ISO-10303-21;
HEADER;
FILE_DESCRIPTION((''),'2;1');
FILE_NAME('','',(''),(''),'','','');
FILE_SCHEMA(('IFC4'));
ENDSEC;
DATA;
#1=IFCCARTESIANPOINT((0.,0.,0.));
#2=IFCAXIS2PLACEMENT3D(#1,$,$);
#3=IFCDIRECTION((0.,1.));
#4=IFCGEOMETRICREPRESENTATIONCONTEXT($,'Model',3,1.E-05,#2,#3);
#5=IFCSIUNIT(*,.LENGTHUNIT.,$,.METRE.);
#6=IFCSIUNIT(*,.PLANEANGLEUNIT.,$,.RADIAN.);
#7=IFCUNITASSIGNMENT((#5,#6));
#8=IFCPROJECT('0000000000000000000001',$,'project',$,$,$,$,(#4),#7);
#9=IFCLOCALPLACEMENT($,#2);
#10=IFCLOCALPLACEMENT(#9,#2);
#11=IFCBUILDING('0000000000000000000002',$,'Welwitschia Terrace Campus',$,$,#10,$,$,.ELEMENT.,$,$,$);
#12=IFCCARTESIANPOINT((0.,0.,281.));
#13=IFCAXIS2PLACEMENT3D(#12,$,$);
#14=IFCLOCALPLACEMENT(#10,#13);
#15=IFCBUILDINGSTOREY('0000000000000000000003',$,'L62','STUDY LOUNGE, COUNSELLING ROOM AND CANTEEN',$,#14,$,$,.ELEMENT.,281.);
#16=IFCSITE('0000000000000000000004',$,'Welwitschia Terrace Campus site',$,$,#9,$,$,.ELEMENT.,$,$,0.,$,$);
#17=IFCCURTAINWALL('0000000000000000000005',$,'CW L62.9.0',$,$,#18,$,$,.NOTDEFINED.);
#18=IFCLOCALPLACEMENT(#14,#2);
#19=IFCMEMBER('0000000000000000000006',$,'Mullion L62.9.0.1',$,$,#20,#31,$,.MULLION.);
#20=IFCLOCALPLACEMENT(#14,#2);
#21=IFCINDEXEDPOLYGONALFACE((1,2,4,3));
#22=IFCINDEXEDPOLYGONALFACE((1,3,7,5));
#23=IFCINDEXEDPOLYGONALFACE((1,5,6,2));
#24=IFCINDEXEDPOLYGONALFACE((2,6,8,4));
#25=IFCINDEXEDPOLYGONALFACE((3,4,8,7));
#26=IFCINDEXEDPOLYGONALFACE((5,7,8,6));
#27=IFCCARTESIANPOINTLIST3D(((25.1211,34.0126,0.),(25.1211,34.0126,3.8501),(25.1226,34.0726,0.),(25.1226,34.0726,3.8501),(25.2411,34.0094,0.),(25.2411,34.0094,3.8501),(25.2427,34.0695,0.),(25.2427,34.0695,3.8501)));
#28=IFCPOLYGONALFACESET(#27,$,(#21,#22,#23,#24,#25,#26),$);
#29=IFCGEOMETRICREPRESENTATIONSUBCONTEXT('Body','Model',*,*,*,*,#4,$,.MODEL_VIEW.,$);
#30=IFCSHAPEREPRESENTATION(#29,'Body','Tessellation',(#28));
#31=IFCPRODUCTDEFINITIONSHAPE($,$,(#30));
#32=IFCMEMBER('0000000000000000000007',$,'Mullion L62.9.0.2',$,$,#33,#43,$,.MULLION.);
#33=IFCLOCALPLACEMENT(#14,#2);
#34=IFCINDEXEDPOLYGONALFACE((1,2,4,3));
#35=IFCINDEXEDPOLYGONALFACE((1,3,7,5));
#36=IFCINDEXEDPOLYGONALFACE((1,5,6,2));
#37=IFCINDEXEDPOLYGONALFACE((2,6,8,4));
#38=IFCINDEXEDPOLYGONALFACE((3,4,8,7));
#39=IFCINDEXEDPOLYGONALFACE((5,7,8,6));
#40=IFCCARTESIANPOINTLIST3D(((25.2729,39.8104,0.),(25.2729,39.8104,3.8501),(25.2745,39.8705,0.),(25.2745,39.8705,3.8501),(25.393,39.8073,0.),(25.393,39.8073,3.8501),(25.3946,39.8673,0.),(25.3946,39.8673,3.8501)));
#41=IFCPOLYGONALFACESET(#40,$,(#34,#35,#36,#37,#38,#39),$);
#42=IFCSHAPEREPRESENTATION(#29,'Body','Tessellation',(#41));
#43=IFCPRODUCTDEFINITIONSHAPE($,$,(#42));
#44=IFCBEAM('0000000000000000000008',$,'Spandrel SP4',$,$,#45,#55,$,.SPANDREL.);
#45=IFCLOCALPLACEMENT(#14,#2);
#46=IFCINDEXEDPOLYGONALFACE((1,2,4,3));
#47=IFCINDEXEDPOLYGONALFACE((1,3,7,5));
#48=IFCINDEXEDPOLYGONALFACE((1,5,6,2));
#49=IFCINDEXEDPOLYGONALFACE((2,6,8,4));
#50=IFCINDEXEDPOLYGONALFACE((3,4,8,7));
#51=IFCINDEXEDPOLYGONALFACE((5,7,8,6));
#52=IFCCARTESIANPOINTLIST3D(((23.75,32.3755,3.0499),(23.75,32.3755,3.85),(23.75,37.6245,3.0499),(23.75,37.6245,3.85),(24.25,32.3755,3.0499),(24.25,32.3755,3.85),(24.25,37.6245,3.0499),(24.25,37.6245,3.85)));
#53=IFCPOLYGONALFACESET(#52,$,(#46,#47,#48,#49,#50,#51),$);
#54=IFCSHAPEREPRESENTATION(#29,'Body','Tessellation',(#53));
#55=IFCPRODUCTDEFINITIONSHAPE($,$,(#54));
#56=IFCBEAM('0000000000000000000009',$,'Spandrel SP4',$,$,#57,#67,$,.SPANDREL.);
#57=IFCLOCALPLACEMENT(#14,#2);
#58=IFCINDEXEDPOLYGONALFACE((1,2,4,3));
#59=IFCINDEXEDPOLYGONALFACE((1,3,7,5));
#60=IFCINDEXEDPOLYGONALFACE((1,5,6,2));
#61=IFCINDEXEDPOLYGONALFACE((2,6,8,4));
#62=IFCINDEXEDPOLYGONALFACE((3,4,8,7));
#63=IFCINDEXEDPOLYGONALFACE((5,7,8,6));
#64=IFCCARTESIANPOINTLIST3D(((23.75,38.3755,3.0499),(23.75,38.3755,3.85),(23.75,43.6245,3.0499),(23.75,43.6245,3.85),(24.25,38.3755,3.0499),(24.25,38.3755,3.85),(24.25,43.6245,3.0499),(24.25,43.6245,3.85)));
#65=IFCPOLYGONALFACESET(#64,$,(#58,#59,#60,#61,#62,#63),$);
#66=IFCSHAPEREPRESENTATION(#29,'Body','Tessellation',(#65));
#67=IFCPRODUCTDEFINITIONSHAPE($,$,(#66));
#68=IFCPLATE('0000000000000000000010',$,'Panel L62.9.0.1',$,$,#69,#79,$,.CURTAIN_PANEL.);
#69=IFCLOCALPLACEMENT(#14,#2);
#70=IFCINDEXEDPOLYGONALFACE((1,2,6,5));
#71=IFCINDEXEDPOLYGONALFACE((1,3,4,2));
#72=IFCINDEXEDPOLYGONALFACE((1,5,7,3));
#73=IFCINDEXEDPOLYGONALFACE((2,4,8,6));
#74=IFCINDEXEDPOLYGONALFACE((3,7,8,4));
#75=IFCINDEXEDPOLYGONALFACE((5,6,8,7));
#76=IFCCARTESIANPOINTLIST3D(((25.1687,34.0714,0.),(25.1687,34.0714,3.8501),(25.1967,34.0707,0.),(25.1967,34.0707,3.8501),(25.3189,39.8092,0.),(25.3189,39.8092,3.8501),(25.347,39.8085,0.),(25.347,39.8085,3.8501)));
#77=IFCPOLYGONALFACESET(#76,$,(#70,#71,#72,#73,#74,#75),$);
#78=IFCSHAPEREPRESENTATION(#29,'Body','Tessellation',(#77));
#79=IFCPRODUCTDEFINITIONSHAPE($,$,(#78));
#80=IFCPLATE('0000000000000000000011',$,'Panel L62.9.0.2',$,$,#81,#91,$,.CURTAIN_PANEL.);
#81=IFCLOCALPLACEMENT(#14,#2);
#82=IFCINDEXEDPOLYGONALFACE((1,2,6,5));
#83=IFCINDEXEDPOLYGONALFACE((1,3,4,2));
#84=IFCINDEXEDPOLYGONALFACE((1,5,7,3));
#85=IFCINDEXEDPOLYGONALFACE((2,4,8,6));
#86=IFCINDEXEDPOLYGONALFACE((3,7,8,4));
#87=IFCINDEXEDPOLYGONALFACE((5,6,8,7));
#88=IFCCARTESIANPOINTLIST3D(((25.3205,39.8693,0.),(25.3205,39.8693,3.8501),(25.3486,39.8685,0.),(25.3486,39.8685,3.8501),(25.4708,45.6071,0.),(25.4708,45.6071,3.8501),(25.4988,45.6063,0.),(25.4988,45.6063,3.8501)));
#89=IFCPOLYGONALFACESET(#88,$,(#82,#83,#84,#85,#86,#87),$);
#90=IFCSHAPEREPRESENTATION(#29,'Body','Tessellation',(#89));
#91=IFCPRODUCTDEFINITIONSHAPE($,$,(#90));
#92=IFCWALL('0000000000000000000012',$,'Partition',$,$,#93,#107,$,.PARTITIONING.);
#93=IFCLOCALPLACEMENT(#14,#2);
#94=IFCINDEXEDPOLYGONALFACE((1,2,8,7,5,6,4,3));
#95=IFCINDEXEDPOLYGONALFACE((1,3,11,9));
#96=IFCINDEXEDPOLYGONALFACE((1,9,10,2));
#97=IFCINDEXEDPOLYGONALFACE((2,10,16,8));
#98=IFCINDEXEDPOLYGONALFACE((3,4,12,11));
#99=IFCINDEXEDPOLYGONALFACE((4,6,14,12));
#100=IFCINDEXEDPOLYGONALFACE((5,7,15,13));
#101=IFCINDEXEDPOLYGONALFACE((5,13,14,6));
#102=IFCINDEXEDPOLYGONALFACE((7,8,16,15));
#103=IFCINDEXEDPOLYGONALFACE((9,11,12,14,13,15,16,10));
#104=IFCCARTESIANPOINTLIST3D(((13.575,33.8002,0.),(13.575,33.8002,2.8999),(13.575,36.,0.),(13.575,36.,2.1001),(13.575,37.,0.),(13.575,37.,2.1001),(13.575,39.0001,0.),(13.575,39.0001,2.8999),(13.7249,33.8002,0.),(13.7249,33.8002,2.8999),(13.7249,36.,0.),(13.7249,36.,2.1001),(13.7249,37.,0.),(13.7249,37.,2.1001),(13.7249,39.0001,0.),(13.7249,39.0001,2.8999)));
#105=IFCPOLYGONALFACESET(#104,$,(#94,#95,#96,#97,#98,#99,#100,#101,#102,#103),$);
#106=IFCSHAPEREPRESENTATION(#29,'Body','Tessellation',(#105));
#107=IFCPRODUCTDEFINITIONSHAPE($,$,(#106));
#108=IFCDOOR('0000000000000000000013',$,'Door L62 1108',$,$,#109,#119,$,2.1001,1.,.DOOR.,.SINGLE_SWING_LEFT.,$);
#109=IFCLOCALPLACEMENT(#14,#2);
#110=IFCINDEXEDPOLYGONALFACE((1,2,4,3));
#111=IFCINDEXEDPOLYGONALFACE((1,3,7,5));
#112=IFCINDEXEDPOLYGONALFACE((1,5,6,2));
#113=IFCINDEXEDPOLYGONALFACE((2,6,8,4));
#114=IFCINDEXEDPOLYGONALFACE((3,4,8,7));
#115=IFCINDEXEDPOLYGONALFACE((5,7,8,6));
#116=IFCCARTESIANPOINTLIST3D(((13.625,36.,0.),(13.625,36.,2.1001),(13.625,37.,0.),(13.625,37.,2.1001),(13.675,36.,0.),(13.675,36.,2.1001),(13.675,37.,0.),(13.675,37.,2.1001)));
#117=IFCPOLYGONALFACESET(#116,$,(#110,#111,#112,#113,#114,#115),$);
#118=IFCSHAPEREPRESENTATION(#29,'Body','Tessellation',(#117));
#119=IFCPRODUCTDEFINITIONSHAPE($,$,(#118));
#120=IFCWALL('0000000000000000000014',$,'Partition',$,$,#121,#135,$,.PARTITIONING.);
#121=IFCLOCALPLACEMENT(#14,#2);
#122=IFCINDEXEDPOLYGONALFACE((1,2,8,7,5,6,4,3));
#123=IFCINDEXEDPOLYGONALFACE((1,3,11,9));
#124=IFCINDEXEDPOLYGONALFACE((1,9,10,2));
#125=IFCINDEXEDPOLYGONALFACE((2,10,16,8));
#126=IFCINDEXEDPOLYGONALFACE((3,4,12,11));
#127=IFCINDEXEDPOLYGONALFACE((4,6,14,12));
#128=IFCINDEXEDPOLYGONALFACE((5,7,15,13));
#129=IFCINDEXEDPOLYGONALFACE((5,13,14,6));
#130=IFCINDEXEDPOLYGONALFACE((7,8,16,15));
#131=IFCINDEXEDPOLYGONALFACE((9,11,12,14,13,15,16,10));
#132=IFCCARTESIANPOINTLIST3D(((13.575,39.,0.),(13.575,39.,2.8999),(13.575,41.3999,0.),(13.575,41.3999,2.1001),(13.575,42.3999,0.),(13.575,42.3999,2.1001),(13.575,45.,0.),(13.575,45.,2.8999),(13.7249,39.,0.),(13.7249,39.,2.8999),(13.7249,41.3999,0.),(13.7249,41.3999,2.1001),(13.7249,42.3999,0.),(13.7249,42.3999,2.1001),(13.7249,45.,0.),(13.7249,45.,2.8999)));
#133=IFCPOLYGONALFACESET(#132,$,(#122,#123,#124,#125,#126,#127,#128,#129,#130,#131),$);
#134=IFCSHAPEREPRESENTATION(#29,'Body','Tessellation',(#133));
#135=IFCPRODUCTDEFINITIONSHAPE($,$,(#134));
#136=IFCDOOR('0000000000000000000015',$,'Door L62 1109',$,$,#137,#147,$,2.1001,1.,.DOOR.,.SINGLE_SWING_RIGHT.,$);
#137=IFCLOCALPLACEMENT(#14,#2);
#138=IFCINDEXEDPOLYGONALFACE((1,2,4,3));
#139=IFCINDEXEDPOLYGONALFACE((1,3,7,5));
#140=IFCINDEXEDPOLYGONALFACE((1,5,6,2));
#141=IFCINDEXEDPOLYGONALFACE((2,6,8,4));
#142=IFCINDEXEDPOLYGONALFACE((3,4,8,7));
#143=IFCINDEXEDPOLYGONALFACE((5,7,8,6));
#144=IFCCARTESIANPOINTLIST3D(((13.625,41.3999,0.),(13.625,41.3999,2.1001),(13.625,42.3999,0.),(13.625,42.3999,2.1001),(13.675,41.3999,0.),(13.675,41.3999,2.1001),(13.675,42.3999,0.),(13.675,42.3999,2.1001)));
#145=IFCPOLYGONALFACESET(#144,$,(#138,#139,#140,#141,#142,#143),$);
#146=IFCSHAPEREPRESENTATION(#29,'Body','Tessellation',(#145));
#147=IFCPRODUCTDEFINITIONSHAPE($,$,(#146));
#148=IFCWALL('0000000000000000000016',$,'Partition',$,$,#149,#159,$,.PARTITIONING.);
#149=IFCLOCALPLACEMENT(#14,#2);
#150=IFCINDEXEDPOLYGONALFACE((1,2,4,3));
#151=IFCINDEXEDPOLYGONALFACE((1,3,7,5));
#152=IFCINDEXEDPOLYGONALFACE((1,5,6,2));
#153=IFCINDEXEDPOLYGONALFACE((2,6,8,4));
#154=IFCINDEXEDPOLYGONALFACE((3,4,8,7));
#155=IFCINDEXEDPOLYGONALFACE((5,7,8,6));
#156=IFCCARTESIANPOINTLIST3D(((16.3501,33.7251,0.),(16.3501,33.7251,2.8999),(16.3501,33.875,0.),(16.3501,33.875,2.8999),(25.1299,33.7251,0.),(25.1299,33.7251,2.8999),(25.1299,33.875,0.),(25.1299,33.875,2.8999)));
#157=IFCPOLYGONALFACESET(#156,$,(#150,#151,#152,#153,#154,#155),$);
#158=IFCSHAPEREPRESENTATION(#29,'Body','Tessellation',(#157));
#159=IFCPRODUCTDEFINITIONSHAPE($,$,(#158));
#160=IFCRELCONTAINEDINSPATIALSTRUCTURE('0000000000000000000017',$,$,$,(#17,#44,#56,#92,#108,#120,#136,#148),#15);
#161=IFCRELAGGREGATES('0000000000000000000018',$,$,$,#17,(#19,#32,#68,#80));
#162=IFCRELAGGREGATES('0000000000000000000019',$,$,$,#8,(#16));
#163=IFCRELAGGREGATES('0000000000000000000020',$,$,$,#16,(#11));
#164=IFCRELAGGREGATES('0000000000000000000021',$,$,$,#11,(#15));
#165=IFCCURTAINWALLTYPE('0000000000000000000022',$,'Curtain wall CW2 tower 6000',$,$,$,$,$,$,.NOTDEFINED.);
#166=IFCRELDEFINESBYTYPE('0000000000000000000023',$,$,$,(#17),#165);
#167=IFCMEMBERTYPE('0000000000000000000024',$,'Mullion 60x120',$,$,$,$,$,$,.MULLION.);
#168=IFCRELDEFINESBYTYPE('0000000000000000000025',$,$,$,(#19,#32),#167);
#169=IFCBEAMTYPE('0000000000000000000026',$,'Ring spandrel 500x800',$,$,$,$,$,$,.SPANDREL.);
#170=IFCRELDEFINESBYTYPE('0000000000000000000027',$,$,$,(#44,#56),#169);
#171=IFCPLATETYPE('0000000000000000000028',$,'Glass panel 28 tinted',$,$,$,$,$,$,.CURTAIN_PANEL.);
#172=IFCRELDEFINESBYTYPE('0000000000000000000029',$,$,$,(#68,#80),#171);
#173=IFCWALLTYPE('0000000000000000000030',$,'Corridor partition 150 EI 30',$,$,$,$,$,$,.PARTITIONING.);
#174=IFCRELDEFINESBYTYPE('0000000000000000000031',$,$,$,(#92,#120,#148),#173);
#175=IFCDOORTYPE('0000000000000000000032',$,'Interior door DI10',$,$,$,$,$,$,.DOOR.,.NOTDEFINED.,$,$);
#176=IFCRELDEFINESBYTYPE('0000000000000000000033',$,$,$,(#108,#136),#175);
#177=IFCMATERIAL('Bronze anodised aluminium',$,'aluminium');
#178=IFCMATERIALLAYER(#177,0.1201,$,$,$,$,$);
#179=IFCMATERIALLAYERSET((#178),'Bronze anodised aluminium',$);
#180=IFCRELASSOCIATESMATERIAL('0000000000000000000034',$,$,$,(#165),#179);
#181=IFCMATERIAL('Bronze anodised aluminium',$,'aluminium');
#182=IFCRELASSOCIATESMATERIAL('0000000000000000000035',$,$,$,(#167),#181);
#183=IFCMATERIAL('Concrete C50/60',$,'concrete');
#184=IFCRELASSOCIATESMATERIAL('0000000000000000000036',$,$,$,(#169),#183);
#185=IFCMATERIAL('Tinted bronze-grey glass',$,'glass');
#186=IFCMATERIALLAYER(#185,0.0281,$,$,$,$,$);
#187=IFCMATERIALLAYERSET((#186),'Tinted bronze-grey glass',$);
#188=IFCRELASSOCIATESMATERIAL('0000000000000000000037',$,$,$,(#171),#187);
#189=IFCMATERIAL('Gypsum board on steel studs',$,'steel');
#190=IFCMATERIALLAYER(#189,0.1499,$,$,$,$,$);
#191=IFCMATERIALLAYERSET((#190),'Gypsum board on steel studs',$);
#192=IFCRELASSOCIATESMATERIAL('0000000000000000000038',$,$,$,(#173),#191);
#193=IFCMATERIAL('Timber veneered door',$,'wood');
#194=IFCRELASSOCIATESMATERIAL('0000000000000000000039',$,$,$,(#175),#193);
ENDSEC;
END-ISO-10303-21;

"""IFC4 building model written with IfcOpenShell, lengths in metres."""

from ifc_helpers import new_model, si_unit, direction, frame, frame_2d, origin, origin_2d, place, context, subcontext, project, spatial, rectangle, extrude, material, layer, layer_set, material_profile, profile_set, type_object, element, fill, aggregate, save


model = new_model("IFC4")

# Units and contexts
model_context = context("Model", 3, precision=1e-05, world=origin(), true_north=direction((0.0, 1.0)))
body_context = subcontext(model_context, "Body", "Model", "MODEL_VIEW")
ifc_project = project(units=[si_unit("LENGTHUNIT", "METRE"), si_unit("PLANEANGLEUNIT", "RADIAN")], contexts=[model_context])

# Site, building, storey
site_placement = place(None, origin())
site = spatial("IfcSite", under=ifc_project, at=site_placement, Name="Welwitschia Terrace Campus site", CompositionType="ELEMENT", RefElevation=0.0)
building_placement = place(site_placement, origin())
building = spatial("IfcBuilding", under=site, at=building_placement, Name="Welwitschia Terrace Campus", CompositionType="ELEMENT")
storey_placement = place(building_placement, frame((0.0, 0.0, 281.0)))
storey = spatial("IfcBuildingStorey", under=building, at=storey_placement, Name="L62", Description="STUDY LOUNGE, COUNSELLING ROOM AND CANTEEN", CompositionType="ELEMENT", Elevation=281.0)

# Curtain wall, members
ifc_material_1 = material(Name="Bronze anodised aluminium", Category="aluminium")
ifc_layer_1 = layer(ifc_material_1, 0.1201)
ifc_layer_set_1 = layer_set([ifc_layer_1], Name="Bronze anodised aluminium")
curtain_wall_type = type_object("IfcCurtainWallType", Name="Curtain wall CW2 tower 6000", PredefinedType="NOTDEFINED", material=ifc_layer_set_1)
curtain_wall_placement = place(storey_placement, origin())
curtain_wall = element("IfcCurtainWall", 1, at=curtain_wall_placement, inside=storey, type_object=curtain_wall_type, Name="CW L62.9.0", PredefinedType="NOTDEFINED")
ifc_material_2 = material(Name="Bronze anodised aluminium", Category="aluminium")
ifc_material_profile_1 = material_profile(ifc_material_2, rectangle(XDim=0.1201, YDim=0.0601, at=origin_2d()))
ifc_profile_set_1 = profile_set([ifc_material_profile_1], Name="Bronze anodised aluminium")
member_type = type_object("IfcMemberType", Name="Mullion 60x120", PredefinedType="MULLION", material=ifc_profile_set_1)
member_1_placement = place(storey_placement, frame((25.1819, 34.041, 0.0), z_axis=(0.0, 0.0, 1.0), x_axis=(-0.999657, 0.026177, 0.0)))
member_1 = element("IfcMember", 2, at=member_1_placement, type_object=member_type, Name="Mullion L62.9.0.1", PredefinedType="MULLION", context=body_context, shape_type="SweptSolid", body=[
    extrude(rectangle(XDim=0.1201, YDim=0.0601, at=origin_2d()), origin(), (0.0, 0.0, 1.0), 3.8501),
])
member_2_placement = place(storey_placement, frame((25.3337, 39.8389, 0.0), z_axis=(0.0, 0.0, 1.0), x_axis=(-0.999657, 0.026177, 0.0)))
member_2 = element("IfcMember", 3, at=member_2_placement, type_object=member_type, Name="Mullion L62.9.0.2", PredefinedType="MULLION", context=body_context, shape_type="SweptSolid", body=[
    extrude(rectangle(XDim=0.1201, YDim=0.0601, at=origin_2d()), origin(), (0.0, 0.0, 1.0), 3.8501),
])

# Beams
ifc_material_3 = material(Name="Concrete C50/60", Category="concrete")
ifc_material_profile_2 = material_profile(ifc_material_3, rectangle(XDim=0.5, YDim=0.8, at=origin_2d()))
ifc_profile_set_2 = profile_set([ifc_material_profile_2], Name="Concrete C50/60")
beam_type_1 = type_object("IfcBeamType", Name="Ring spandrel 500x800", PredefinedType="SPANDREL", material=ifc_profile_set_2)
for number, where, z_axis, x_axis, name in (
    (4, (24.0, 32.3755, 3.45), (0.0, 1.0, 0.0), (-1.0, 0.0, 0.0), "Spandrel SP4"),
    (5, (24.0, 38.3755, 3.45), (0.0, 1.0, 0.0), (-1.0, 0.0, 0.0), "Spandrel SP4"),
):
    element("IfcBeam", number, at=place(storey_placement, frame(where, z_axis=z_axis, x_axis=x_axis)), inside=storey, type_object=beam_type_1, Name=name, PredefinedType="SPANDREL", context=body_context, shape_type="SweptSolid", body=[
        extrude(rectangle(XDim=0.5, YDim=0.8, at=origin_2d()), origin(), (0.0, 0.0, 1.0), 5.249),
    ])

# Plates
ifc_material_4 = material(Name="Tinted bronze-grey glass", Category="glass")
ifc_layer_2 = layer(ifc_material_4, 0.0281)
ifc_layer_set_2 = layer_set([ifc_layer_2], Name="Tinted bronze-grey glass")
plate_type = type_object("IfcPlateType", Name="Glass panel 28 tinted", PredefinedType="CURTAIN_PANEL", material=ifc_layer_set_2)
plate_1_placement = place(storey_placement, frame((25.2578, 36.9399, 0.0), z_axis=(0.0, 0.0, 1.0), x_axis=(0.026177, 0.999657, 0.0)))
plate_1 = element("IfcPlate", 6, at=plate_1_placement, type_object=plate_type, Name="Panel L62.9.0.1", PredefinedType="CURTAIN_PANEL", context=body_context, shape_type="SweptSolid", body=[
    extrude(rectangle(XDim=5.7397, YDim=0.0281, at=origin_2d()), origin(), (0.0, 0.0, 1.0), 3.8501),
])
plate_2_placement = place(storey_placement, frame((25.4097, 42.7378, 0.0), z_axis=(0.0, 0.0, 1.0), x_axis=(0.026177, 0.999657, 0.0)))
plate_2 = element("IfcPlate", 7, at=plate_2_placement, type_object=plate_type, Name="Panel L62.9.0.2", PredefinedType="CURTAIN_PANEL", context=body_context, shape_type="SweptSolid", body=[
    extrude(rectangle(XDim=5.7397, YDim=0.0281, at=origin_2d()), origin(), (0.0, 0.0, 1.0), 3.8501),
])
aggregate(curtain_wall, [member_1, member_2, plate_1, plate_2])

# Walls, openings, doors
ifc_material_5 = material(Name="Gypsum board on steel studs", Category="steel")
ifc_layer_3 = layer(ifc_material_5, 0.1499)
ifc_layer_set_3 = layer_set([ifc_layer_3], Name="Gypsum board on steel studs")
wall_type = type_object("IfcWallType", Name="Corridor partition 150 EI 30", PredefinedType="PARTITIONING", material=ifc_layer_set_3)
wall_1_placement = place(storey_placement, frame((13.6499, 33.8, 0.0), z_axis=(0.0, 0.0, 1.0), x_axis=(0.0, 1.0, 0.0)))
wall_1 = element("IfcWall", 8, at=wall_1_placement, inside=storey, type_object=wall_type, Name="Partition", PredefinedType="PARTITIONING", context=body_context, shape_type="SweptSolid", body=[
    extrude(rectangle(XDim=5.2, YDim=0.1499, at=frame_2d((2.6001, 0.0))), origin(), (0.0, 0.0, 1.0), 2.8999),
])
opening_1_placement = place(wall_1_placement, frame((2.2, 0.0, 0.0)))
opening_1 = element("IfcOpeningElement", 9, at=opening_1_placement, cuts=wall_1, PredefinedType="OPENING", context=body_context, shape_type="SweptSolid", body=[
    extrude(rectangle(XDim=1.0, YDim=2.1001, at=frame_2d((0.5, 1.05))), frame((0.0, 0.085, 0.0), z_axis=(0.0, -1.0, 0.0), x_axis=(1.0, 0.0, 0.0)), (0.0, 0.0, 1.0), 0.1699),
])
ifc_material_6 = material(Name="Timber veneered door", Category="wood")
door_type = type_object("IfcDoorType", Name="Interior door DI10", OperationType="NOTDEFINED", PredefinedType="DOOR", material=ifc_material_6)
door_1_placement = place(opening_1_placement, origin())
door_1 = element("IfcDoor", 10, at=door_1_placement, inside=storey, type_object=door_type, Name="Door L62 1108", OperationType="SINGLE_SWING_LEFT", OverallHeight=2.1001, OverallWidth=1.0, PredefinedType="DOOR", context=body_context, shape_type="SweptSolid", body=[
    extrude(rectangle(XDim=1.0, YDim=2.1001, at=frame_2d((0.5, 1.05))), frame((0.0, 0.0249, 0.0), z_axis=(0.0, -1.0, 0.0), x_axis=(1.0, 0.0, 0.0)), (0.0, 0.0, 1.0), 0.05),
])
fill(opening_1, door_1)
wall_2_placement = place(storey_placement, frame((13.6499, 39.0, 0.0), z_axis=(0.0, 0.0, 1.0), x_axis=(0.0, 1.0, 0.0)))
wall_2 = element("IfcWall", 11, at=wall_2_placement, inside=storey, type_object=wall_type, Name="Partition", PredefinedType="PARTITIONING", context=body_context, shape_type="SweptSolid", body=[
    extrude(rectangle(XDim=6.0, YDim=0.1499, at=frame_2d((3.0, 0.0))), origin(), (0.0, 0.0, 1.0), 2.8999),
])
opening_2_placement = place(wall_2_placement, frame((2.3999, 0.0, 0.0)))
opening_2 = element("IfcOpeningElement", 12, at=opening_2_placement, cuts=wall_2, PredefinedType="OPENING", context=body_context, shape_type="SweptSolid", body=[
    extrude(rectangle(XDim=1.0, YDim=2.1001, at=frame_2d((0.5, 1.05))), frame((0.0, 0.085, 0.0), z_axis=(0.0, -1.0, 0.0), x_axis=(1.0, 0.0, 0.0)), (0.0, 0.0, 1.0), 0.1699),
])
door_2_placement = place(opening_2_placement, origin())
door_2 = element("IfcDoor", 13, at=door_2_placement, inside=storey, type_object=door_type, Name="Door L62 1109", OperationType="SINGLE_SWING_RIGHT", OverallHeight=2.1001, OverallWidth=1.0, PredefinedType="DOOR", context=body_context, shape_type="SweptSolid", body=[
    extrude(rectangle(XDim=1.0, YDim=2.1001, at=frame_2d((0.5, 1.05))), frame((0.0, 0.0249, 0.0), z_axis=(0.0, -1.0, 0.0), x_axis=(1.0, 0.0, 0.0)), (0.0, 0.0, 1.0), 0.05),
])
fill(opening_2, door_2)

# Wall
wall_3_placement = place(storey_placement, frame((16.3501, 33.8, 0.0), z_axis=(0.0, 0.0, 1.0), x_axis=(1.0, 0.0, 0.0)))
element("IfcWall", 14, at=wall_3_placement, inside=storey, type_object=wall_type, Name="Partition", PredefinedType="PARTITIONING", context=body_context, shape_type="SweptSolid", body=[
    extrude(rectangle(XDim=8.7798, YDim=0.1499, at=frame_2d((4.3899, 0.0))), origin(), (0.0, 0.0, 1.0), 2.8999),
])

save(model, "model.ifc")
